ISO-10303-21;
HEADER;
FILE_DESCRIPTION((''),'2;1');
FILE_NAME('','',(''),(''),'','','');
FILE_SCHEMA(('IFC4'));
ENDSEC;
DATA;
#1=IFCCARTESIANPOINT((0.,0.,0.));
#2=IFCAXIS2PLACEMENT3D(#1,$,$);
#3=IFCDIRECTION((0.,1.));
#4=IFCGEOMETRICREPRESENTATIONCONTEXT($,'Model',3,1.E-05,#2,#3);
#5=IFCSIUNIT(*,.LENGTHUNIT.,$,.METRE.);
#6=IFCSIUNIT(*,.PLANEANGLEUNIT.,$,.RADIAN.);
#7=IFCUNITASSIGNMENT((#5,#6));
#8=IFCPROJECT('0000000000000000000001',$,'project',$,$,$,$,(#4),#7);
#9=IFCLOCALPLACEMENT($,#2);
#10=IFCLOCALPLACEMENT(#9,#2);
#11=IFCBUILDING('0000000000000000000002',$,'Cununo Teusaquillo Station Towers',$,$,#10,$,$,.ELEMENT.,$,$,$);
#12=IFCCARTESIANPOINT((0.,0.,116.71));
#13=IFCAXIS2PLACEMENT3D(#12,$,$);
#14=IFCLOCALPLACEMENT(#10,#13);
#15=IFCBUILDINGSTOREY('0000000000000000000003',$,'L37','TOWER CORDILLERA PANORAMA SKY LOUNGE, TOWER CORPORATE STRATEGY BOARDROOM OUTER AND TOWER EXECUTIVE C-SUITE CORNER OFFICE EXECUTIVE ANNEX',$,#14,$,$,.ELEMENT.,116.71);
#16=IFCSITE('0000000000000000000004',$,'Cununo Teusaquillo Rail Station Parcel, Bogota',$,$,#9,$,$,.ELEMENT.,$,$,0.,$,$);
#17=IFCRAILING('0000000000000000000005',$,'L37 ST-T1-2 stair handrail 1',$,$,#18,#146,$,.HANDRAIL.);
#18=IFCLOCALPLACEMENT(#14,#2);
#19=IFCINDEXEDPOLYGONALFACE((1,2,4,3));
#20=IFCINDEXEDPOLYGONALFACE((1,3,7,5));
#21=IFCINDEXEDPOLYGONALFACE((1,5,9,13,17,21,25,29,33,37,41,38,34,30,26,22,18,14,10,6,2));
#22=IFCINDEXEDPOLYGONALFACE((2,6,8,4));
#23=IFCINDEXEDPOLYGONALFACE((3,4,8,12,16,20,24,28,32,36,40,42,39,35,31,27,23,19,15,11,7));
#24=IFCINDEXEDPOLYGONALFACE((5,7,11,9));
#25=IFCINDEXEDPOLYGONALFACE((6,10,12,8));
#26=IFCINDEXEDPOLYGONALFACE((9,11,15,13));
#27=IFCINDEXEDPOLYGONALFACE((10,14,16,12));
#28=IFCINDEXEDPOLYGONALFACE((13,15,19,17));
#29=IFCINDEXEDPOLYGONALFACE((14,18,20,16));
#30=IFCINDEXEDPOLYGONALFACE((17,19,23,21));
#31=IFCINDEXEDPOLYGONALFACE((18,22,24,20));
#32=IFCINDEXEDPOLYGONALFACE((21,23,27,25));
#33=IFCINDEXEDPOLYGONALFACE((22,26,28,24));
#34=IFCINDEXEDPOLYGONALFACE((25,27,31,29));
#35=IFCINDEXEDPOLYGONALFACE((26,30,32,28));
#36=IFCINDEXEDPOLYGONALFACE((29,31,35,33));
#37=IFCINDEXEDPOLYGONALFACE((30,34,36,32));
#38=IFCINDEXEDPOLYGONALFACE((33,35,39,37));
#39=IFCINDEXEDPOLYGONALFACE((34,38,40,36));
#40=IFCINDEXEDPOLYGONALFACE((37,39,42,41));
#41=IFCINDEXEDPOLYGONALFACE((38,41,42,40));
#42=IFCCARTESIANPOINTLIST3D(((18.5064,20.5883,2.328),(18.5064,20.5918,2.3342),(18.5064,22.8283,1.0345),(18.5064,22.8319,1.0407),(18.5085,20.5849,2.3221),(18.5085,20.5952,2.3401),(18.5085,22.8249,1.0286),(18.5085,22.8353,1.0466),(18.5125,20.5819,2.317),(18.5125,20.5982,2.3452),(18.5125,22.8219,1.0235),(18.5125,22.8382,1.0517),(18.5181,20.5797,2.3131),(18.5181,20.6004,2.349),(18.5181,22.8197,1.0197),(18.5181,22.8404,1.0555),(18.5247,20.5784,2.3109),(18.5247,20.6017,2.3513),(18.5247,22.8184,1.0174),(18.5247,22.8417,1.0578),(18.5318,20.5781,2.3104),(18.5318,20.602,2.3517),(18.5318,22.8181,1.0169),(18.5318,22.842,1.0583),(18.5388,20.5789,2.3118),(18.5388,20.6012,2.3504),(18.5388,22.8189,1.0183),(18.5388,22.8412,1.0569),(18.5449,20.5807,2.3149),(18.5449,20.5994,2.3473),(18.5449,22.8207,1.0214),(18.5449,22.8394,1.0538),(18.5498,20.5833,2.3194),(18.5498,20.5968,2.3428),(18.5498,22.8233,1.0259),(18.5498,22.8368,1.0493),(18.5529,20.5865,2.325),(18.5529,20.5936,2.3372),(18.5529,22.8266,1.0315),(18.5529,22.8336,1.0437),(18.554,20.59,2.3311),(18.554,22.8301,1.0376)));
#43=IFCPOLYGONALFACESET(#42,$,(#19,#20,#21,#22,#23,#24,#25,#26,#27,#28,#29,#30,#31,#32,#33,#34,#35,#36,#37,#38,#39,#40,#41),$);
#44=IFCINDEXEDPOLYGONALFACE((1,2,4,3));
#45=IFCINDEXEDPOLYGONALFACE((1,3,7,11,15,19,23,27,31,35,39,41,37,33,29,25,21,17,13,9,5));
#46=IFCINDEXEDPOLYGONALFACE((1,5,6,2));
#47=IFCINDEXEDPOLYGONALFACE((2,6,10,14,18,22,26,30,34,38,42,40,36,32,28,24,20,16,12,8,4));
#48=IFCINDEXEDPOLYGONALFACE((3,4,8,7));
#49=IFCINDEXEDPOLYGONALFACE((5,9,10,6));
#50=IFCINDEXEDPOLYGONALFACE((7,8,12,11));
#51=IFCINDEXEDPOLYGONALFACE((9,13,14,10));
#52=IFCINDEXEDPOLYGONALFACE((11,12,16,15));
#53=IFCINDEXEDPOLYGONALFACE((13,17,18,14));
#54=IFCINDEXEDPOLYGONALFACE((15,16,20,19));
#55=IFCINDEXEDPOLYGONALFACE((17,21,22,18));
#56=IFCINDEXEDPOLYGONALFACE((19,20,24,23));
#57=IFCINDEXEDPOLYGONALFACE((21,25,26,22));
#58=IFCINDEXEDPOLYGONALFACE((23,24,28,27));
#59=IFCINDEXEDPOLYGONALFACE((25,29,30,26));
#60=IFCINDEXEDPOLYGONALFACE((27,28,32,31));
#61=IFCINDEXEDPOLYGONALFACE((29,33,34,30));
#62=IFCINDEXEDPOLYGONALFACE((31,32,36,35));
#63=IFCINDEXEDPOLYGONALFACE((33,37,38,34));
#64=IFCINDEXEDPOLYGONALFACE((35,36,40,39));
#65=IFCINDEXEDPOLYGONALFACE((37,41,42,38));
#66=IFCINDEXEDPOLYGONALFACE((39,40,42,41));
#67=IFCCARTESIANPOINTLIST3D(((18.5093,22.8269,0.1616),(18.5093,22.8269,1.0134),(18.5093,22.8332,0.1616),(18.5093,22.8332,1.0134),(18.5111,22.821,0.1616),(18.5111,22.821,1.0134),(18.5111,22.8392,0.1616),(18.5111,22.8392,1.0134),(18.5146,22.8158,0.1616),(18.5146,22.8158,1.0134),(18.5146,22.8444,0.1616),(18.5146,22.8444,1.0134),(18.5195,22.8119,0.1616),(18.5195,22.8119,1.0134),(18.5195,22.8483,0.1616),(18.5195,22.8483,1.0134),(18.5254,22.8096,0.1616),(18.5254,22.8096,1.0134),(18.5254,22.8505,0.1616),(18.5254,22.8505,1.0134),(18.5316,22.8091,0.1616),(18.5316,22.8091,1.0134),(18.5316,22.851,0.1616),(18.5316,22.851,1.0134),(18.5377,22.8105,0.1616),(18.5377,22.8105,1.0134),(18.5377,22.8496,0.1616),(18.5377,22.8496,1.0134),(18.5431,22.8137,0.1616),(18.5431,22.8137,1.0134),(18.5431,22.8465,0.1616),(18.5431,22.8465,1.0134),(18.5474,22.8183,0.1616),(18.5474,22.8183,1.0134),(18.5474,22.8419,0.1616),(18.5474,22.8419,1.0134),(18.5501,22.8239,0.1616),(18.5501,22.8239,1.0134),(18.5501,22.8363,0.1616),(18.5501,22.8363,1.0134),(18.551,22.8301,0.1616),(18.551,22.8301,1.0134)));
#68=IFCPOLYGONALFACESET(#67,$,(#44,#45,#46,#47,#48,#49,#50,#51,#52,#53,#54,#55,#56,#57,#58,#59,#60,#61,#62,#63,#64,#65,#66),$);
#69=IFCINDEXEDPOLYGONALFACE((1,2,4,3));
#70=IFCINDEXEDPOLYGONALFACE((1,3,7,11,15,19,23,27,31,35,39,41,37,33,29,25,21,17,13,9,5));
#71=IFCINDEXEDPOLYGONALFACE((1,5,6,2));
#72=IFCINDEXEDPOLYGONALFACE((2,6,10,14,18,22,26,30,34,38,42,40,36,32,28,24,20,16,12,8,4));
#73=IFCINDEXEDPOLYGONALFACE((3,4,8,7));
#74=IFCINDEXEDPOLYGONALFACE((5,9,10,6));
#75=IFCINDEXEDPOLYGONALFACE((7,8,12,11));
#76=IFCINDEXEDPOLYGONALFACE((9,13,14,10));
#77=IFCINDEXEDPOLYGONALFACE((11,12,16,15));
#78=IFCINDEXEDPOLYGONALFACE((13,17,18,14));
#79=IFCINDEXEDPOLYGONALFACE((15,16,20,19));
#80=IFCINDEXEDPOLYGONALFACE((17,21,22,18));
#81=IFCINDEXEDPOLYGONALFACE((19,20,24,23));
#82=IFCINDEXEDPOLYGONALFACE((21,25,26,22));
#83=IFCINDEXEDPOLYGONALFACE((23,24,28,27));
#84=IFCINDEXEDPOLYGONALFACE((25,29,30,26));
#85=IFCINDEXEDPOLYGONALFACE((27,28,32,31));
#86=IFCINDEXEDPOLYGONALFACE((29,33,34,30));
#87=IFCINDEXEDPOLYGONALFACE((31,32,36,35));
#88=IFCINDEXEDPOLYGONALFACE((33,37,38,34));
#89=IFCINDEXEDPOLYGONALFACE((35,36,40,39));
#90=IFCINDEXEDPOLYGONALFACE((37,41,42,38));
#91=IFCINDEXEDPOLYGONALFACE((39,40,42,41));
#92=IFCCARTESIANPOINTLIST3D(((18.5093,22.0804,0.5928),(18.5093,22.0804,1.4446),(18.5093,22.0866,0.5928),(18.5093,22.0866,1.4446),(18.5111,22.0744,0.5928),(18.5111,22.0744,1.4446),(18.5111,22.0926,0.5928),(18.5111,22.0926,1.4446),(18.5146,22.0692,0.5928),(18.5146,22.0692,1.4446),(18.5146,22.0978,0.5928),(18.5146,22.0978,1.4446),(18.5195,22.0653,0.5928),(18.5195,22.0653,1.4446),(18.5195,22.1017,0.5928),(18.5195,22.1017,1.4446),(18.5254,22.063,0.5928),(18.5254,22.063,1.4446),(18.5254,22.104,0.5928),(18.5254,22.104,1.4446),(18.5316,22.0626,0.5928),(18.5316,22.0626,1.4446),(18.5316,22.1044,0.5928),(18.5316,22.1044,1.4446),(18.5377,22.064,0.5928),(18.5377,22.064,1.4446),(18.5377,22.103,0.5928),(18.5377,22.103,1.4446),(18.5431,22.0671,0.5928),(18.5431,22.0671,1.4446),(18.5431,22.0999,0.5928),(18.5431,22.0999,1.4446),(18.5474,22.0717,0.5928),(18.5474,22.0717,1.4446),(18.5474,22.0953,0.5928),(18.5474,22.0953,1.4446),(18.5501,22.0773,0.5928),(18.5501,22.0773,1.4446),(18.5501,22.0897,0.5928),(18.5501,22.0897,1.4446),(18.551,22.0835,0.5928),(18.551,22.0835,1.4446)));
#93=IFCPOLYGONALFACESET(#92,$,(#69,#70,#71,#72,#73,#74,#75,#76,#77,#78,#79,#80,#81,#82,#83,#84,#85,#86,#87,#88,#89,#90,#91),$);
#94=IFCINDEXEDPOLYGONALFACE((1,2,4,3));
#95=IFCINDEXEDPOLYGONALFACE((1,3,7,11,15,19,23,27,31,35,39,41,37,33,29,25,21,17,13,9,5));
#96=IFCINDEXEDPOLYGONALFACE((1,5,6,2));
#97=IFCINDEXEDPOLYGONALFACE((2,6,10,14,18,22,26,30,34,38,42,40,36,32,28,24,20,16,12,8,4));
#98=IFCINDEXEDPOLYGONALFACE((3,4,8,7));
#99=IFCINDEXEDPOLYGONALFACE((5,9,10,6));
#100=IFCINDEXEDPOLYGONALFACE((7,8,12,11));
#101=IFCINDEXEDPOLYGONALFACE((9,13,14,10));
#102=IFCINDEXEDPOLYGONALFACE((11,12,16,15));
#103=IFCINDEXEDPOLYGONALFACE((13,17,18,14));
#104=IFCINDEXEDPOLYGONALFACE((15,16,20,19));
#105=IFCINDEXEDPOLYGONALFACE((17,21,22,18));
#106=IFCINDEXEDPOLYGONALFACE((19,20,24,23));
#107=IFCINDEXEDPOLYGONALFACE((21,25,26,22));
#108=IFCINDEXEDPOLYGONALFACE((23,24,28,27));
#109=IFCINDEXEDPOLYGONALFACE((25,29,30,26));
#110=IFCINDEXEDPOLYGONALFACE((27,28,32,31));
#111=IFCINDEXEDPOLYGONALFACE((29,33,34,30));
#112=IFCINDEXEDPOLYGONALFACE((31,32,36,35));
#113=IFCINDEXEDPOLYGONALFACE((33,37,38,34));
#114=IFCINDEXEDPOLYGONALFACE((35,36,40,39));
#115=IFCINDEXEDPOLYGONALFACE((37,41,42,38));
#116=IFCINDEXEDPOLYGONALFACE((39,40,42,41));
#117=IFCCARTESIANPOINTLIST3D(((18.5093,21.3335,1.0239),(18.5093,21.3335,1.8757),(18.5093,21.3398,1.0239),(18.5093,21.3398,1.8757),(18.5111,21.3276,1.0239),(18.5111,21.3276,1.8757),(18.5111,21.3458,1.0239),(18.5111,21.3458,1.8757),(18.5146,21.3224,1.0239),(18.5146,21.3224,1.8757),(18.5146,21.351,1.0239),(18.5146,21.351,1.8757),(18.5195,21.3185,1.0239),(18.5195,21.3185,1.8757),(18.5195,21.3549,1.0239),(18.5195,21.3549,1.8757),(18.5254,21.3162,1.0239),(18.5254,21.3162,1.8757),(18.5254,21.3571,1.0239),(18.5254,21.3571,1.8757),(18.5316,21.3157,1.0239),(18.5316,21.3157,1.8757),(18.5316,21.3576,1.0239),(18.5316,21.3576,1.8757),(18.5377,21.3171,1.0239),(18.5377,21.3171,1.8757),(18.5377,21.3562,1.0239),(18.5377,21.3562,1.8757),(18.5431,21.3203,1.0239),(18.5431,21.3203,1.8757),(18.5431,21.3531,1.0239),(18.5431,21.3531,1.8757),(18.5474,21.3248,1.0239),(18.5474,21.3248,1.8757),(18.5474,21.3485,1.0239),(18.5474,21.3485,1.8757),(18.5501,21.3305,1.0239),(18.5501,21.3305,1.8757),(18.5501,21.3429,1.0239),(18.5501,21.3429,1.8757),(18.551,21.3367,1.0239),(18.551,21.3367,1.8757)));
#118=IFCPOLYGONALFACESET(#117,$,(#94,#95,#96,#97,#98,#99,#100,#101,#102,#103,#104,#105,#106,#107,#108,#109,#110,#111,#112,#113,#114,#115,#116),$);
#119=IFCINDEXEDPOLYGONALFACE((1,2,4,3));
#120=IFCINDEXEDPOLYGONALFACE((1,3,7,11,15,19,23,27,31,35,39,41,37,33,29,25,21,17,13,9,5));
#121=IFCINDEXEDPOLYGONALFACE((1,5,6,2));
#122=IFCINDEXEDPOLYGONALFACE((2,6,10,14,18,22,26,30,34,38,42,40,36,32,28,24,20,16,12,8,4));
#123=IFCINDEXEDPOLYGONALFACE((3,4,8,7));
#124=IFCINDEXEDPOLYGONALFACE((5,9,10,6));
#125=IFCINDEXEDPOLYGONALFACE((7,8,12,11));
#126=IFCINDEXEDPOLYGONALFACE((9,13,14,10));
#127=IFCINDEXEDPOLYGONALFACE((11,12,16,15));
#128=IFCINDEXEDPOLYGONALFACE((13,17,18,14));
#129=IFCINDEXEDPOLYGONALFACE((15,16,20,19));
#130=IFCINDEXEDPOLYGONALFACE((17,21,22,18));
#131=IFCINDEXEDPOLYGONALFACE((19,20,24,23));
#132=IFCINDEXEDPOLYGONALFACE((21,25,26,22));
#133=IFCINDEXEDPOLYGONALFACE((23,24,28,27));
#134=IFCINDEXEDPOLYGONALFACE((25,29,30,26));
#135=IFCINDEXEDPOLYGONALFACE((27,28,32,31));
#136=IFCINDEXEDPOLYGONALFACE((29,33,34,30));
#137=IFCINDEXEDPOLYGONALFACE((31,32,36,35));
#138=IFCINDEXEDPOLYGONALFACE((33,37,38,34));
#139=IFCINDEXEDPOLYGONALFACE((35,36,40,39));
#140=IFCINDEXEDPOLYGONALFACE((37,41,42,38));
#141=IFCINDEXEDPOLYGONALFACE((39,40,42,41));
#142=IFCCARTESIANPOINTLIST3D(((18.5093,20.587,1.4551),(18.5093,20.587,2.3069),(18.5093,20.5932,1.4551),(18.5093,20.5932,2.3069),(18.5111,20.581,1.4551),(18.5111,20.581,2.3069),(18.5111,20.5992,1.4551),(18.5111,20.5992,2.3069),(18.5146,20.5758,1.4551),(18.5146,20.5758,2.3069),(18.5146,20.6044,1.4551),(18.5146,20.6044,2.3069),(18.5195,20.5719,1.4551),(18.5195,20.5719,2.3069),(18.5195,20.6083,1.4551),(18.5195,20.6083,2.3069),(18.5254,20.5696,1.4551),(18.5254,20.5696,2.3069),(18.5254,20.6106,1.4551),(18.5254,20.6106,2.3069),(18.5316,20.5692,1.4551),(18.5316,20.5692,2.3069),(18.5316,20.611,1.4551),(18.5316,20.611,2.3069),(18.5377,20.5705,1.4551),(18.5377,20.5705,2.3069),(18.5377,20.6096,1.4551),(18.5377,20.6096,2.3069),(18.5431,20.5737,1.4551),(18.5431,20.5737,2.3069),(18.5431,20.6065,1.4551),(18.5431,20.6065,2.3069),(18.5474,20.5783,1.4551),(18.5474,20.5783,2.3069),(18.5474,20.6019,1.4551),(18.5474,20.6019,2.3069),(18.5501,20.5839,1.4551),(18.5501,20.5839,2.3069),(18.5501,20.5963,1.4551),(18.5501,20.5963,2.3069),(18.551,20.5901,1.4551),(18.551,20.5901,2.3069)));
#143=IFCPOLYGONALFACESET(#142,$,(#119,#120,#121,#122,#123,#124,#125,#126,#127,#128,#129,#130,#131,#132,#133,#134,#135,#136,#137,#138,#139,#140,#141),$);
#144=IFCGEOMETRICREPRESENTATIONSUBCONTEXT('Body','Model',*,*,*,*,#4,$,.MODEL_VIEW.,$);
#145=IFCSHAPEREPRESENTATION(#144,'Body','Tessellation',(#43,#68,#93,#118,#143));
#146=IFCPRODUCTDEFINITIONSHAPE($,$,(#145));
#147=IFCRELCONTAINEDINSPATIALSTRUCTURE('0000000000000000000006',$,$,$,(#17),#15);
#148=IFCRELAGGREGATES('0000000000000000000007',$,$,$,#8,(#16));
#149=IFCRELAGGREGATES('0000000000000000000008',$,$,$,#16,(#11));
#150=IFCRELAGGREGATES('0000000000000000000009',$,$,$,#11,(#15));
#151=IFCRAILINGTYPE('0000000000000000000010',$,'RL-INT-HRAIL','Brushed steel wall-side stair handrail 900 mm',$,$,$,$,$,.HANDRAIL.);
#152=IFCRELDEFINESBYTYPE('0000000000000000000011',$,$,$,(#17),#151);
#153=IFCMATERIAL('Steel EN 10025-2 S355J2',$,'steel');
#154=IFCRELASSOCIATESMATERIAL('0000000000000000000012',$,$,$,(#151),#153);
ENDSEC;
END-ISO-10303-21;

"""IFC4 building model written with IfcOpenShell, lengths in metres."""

from ifc_helpers import new_model, si_unit, direction, frame, origin, origin_2d, place, context, subcontext, project, spatial, circle, extrude, material, type_object, element, save


model = new_model("IFC4")

# Units and contexts
model_context = context("Model", 3, precision=1e-05, world=origin(), true_north=direction((0.0, 1.0)))
body_context = subcontext(model_context, "Body", "Model", "MODEL_VIEW")
ifc_project = project(units=[si_unit("LENGTHUNIT", "METRE"), si_unit("PLANEANGLEUNIT", "RADIAN")], contexts=[model_context])

# Site, building, storey
site_placement = place(None, origin())
site = spatial("IfcSite", under=ifc_project, at=site_placement, Name="Cununo Teusaquillo Rail Station Parcel, Bogota", CompositionType="ELEMENT", RefElevation=0.0)
building_placement = place(site_placement, origin())
building = spatial("IfcBuilding", under=site, at=building_placement, Name="Cununo Teusaquillo Station Towers", CompositionType="ELEMENT")
storey_placement = place(building_placement, frame((0.0, 0.0, 116.71)))
storey = spatial("IfcBuildingStorey", under=building, at=storey_placement, Name="L37", Description="TOWER CORDILLERA PANORAMA SKY LOUNGE, TOWER CORPORATE STRATEGY BOARDROOM OUTER AND TOWER EXECUTIVE C-SUITE CORNER OFFICE EXECUTIVE ANNEX", CompositionType="ELEMENT", Elevation=116.71)

# Railing
ifc_material_1 = material(Name="Steel EN 10025-2 S355J2", Category="steel")
railing_type_1 = type_object("IfcRailingType", Name="RL-INT-HRAIL", Description="Brushed steel wall-side stair handrail 900 mm", PredefinedType="HANDRAIL", material=ifc_material_1)
railing_1_placement = place(storey_placement, frame((18.53, 22.8301, 0.1616)))
element("IfcRailing", 1, at=railing_1_placement, inside=storey, type_object=railing_type_1, Name="L37 ST-T1-2 stair handrail 1", PredefinedType="HANDRAIL", context=body_context, shape_type="SweptSolid", body=[
    extrude(circle(Radius=0.0239, at=origin_2d()), frame((0.0, 0.0, 0.876), z_axis=(0.0, -0.865992, 0.500057), x_axis=(1.0, 0.0, 0.0)), (0.0, 0.0, 1.0), 2.5867),
    extrude(circle(Radius=0.021, at=origin_2d()), origin(), (0.0, 0.0, 1.0), 0.8518),
    extrude(circle(Radius=0.021, at=origin_2d()), frame((0.0, -0.7466, 0.4312)), (0.0, 0.0, 1.0), 0.8518),
    extrude(circle(Radius=0.021, at=origin_2d()), frame((0.0, -1.4934, 0.8623)), (0.0, 0.0, 1.0), 0.8518),
    extrude(circle(Radius=0.021, at=origin_2d()), frame((0.0, -2.24, 1.2935)), (0.0, 0.0, 1.0), 0.8518),
])

save(model, "model.ifc")
